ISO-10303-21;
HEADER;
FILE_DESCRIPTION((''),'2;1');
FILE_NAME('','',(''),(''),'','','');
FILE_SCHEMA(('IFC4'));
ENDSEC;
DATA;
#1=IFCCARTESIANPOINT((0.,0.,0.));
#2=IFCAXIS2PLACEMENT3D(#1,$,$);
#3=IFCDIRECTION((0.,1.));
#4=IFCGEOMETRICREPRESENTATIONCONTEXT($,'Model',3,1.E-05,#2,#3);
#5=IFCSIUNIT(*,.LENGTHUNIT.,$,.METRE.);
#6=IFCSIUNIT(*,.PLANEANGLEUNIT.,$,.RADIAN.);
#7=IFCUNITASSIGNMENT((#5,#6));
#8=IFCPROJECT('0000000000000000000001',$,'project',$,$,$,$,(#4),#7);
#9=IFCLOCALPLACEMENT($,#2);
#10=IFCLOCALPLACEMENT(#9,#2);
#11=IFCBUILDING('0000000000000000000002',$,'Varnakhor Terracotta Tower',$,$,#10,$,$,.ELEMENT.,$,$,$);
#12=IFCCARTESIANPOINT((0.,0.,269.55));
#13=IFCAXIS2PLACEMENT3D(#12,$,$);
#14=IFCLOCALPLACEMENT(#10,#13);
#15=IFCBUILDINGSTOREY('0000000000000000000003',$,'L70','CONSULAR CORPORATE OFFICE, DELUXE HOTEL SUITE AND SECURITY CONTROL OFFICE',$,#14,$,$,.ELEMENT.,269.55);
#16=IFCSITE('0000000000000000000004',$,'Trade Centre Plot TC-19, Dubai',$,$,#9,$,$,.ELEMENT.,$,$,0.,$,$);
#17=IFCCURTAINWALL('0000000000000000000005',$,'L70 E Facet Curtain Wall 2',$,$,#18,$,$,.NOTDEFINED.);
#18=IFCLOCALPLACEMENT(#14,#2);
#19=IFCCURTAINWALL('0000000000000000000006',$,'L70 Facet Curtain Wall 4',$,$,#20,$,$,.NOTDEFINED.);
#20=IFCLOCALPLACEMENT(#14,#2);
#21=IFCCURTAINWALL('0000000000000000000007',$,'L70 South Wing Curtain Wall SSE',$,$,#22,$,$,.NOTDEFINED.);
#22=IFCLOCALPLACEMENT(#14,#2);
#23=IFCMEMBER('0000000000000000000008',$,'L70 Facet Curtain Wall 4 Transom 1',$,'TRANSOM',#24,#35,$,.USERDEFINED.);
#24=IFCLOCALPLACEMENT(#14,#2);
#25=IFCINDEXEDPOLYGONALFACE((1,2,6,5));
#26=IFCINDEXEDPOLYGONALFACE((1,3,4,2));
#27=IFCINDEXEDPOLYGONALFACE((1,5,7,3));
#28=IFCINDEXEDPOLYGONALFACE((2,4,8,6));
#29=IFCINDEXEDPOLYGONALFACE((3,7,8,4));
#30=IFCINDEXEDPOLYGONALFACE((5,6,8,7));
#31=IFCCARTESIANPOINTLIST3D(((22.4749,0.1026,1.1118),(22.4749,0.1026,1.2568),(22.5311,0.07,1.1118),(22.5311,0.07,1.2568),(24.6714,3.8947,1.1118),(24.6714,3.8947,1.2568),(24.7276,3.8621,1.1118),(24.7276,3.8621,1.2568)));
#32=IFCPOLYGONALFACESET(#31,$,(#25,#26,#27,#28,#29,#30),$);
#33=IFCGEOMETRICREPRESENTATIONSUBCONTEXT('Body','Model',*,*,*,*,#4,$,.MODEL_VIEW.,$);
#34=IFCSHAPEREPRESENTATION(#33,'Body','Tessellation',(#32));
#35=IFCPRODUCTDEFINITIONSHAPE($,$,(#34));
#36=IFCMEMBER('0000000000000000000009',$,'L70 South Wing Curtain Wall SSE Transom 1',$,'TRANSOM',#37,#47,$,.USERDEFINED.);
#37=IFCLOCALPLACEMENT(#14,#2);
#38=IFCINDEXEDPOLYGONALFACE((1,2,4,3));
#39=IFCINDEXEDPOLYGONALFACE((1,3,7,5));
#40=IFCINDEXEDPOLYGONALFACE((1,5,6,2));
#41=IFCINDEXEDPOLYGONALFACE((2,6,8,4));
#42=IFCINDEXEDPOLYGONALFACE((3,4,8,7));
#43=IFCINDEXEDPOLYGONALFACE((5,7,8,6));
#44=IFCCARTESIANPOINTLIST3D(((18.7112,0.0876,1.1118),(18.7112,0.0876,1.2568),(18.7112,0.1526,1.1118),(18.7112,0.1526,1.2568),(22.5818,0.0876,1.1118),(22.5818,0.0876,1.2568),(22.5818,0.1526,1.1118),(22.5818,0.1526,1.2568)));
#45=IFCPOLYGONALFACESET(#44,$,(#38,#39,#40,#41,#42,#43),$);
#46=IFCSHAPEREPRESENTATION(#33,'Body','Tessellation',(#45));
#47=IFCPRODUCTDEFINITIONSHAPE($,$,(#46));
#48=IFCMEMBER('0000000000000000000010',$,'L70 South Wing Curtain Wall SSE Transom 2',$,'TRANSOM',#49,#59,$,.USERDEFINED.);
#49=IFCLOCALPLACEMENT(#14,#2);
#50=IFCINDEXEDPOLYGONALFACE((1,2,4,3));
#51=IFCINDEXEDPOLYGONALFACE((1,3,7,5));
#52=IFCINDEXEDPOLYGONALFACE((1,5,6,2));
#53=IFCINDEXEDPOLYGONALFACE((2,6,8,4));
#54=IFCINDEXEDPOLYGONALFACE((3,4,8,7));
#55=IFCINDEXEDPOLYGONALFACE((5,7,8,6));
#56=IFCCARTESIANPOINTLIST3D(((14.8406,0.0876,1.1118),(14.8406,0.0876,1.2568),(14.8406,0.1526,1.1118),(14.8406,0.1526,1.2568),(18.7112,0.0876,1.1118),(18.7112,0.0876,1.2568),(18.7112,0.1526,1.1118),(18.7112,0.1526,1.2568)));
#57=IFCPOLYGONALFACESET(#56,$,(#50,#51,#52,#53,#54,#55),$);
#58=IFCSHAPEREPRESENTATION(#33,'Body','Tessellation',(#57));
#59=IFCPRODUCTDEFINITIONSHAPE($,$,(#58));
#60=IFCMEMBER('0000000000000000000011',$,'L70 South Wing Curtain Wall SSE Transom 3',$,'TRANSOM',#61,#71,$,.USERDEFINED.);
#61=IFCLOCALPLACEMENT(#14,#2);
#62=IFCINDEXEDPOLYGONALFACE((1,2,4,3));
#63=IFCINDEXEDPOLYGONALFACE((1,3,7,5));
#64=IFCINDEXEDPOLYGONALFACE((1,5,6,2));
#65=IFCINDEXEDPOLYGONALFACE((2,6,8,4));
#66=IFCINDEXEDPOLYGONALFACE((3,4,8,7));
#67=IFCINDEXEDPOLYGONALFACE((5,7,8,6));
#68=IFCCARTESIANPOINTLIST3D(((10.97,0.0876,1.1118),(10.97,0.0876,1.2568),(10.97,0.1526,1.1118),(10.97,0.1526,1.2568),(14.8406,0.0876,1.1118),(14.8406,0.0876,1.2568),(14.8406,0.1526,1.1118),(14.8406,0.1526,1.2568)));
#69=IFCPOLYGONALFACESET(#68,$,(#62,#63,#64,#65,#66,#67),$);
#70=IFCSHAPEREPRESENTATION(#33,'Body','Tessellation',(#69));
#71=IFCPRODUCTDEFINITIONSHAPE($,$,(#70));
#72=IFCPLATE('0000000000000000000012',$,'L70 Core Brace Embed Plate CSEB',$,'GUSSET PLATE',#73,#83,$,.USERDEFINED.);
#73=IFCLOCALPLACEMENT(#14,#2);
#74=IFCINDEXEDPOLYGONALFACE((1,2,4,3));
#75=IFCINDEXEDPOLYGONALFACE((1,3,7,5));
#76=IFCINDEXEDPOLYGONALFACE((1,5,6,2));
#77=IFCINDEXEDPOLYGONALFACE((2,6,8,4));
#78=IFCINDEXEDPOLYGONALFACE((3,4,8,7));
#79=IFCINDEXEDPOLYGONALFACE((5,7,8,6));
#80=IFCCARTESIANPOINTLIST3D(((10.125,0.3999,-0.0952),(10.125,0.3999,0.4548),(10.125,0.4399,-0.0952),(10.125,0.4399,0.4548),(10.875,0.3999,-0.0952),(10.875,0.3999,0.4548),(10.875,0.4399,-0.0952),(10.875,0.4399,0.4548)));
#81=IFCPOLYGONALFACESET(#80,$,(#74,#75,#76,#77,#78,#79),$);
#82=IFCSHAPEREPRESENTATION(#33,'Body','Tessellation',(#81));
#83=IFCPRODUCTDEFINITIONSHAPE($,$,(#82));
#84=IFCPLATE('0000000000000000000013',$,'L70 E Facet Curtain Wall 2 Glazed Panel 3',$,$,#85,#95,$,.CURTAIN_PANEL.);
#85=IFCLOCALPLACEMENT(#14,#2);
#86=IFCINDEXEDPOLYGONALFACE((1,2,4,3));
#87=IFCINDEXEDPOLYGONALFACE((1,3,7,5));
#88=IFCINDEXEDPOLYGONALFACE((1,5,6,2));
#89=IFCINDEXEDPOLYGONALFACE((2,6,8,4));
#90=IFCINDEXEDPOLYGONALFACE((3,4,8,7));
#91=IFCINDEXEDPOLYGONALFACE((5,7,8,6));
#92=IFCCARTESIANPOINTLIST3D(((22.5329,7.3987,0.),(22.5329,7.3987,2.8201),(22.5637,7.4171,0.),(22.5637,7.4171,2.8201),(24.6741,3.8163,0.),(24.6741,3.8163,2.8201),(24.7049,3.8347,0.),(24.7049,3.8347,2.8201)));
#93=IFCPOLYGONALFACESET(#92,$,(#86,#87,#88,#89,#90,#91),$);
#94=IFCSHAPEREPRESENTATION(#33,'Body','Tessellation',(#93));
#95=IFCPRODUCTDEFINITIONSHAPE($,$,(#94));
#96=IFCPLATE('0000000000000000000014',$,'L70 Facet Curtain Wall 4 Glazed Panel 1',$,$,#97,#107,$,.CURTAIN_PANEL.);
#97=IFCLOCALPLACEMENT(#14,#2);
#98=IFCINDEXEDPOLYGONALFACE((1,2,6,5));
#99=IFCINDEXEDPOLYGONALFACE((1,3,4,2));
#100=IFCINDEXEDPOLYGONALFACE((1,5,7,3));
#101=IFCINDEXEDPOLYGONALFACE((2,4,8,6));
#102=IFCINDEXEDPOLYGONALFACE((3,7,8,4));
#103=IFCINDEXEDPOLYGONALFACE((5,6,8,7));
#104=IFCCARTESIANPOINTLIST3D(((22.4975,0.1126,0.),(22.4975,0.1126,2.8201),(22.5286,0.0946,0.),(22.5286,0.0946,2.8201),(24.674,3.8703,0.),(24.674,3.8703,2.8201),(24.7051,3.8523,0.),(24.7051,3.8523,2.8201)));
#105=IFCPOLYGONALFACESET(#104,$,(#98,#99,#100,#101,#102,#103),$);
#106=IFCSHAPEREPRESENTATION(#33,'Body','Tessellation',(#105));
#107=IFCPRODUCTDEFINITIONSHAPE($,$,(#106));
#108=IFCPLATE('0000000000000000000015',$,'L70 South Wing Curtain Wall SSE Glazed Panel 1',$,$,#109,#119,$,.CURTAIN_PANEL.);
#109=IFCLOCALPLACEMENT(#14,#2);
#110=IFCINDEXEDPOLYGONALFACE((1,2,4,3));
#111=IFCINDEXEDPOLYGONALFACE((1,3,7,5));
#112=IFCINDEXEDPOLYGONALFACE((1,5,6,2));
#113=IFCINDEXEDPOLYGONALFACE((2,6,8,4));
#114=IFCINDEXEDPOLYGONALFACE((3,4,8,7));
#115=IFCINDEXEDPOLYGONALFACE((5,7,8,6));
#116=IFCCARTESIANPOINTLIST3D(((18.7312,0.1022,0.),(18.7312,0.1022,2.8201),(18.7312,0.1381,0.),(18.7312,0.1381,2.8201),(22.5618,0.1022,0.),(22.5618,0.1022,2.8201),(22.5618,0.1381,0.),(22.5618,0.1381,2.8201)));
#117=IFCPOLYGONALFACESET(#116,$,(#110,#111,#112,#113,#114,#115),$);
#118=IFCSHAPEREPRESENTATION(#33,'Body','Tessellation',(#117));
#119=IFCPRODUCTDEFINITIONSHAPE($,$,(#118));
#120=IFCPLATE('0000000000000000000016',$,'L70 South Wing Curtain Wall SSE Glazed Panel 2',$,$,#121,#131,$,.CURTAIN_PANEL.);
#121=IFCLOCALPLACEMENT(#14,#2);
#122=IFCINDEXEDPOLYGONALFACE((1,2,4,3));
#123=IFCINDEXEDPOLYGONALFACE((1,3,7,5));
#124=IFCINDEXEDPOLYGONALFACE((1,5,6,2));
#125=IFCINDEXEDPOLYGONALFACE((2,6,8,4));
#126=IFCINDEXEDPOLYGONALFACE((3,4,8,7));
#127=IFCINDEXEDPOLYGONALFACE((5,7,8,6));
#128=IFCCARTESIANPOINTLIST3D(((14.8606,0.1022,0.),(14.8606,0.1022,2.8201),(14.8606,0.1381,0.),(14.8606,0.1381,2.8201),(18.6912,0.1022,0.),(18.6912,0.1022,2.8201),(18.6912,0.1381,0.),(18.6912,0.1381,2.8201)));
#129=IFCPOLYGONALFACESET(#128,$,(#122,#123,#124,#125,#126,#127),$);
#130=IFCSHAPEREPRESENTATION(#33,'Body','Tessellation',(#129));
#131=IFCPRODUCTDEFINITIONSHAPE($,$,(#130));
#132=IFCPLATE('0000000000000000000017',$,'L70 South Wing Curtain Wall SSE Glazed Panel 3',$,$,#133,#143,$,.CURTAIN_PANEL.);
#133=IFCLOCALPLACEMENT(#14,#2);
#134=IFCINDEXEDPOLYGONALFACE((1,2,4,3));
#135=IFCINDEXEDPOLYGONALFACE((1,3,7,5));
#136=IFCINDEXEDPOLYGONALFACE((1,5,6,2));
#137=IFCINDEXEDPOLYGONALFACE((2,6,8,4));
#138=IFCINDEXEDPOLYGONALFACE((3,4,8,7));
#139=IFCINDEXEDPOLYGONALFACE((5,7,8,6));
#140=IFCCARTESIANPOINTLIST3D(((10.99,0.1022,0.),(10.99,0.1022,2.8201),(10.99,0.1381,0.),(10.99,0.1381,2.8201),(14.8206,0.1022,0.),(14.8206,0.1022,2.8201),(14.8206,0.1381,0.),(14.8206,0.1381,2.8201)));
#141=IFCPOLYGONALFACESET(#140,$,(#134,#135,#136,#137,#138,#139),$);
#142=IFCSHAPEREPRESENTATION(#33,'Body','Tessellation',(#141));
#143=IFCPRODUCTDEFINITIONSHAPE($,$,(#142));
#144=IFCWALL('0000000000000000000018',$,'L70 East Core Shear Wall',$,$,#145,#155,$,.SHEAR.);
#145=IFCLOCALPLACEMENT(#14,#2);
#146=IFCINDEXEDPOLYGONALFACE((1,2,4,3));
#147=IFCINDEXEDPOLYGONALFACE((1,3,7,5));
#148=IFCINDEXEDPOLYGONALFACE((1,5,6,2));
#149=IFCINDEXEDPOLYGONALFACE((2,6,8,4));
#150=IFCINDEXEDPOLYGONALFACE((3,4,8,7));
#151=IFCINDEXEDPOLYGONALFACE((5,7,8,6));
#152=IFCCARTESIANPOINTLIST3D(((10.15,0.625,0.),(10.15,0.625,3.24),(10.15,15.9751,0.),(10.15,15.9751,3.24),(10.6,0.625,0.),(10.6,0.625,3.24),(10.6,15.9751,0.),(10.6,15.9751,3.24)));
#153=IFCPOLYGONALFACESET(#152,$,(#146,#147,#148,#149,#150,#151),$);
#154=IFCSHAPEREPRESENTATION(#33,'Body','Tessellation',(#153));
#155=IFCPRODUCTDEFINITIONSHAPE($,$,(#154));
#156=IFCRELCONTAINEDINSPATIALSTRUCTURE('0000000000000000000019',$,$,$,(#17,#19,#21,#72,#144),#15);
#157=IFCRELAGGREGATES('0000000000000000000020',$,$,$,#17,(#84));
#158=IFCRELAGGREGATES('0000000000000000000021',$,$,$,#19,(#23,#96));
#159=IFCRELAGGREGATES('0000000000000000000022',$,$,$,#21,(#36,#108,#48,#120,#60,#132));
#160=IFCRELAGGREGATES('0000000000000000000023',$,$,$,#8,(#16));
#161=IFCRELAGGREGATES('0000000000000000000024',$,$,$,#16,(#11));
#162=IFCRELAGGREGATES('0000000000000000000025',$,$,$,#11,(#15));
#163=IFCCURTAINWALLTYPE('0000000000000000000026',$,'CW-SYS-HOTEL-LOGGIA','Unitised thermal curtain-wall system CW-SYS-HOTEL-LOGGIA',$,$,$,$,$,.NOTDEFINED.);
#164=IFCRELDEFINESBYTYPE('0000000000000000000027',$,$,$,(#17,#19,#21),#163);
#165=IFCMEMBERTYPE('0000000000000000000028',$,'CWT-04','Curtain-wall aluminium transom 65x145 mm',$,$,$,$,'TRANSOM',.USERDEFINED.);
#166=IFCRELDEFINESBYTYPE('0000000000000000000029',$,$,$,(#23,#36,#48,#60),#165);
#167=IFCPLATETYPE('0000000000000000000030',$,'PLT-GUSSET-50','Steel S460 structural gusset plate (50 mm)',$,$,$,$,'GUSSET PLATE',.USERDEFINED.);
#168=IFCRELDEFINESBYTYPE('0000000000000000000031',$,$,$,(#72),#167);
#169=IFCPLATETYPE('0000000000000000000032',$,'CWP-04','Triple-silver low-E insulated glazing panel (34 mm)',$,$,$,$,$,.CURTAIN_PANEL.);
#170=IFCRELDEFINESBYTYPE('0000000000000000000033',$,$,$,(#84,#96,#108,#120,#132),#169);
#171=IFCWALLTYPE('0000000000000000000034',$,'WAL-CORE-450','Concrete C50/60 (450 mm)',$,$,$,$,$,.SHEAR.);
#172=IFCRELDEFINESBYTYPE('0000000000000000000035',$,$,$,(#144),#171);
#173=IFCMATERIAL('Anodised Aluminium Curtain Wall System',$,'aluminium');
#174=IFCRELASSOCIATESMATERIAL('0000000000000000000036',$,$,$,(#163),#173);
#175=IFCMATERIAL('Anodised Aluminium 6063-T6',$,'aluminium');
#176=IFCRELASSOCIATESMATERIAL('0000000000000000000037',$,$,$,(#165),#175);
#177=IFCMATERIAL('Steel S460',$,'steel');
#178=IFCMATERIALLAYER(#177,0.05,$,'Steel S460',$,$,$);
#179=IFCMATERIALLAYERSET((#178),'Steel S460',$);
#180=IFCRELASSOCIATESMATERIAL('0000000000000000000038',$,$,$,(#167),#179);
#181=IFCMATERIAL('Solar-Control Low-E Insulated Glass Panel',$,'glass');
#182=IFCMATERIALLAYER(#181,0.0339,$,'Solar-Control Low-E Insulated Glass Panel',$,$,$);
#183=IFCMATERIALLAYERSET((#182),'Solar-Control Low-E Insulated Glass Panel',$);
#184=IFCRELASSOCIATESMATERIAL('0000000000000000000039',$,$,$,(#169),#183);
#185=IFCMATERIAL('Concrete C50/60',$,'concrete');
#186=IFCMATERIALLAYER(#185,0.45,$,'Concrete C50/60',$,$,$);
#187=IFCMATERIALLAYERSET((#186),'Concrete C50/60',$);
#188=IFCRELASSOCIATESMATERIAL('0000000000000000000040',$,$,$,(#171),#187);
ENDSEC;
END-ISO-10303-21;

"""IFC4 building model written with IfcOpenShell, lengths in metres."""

from ifc_helpers import new_model, si_unit, direction, frame, frame_2d, origin, origin_2d, place, context, subcontext, project, spatial, rectangle, extrude, source, transform, mapped, material, layer, layer_set, material_profile, profile_set, type_object, type_shapes, element, aggregate, save


model = new_model("IFC4")

# Units and contexts
model_context = context("Model", 3, precision=1e-05, world=origin(), true_north=direction((0.0, 1.0)))
body_context = subcontext(model_context, "Body", "Model", "MODEL_VIEW")
ifc_project = project(units=[si_unit("LENGTHUNIT", "METRE"), si_unit("PLANEANGLEUNIT", "RADIAN")], contexts=[model_context])

# Site, building, storey
site_placement = place(None, origin())
site = spatial("IfcSite", under=ifc_project, at=site_placement, Name="Trade Centre Plot TC-19, Dubai", CompositionType="ELEMENT", RefElevation=0.0)
building_placement = place(site_placement, origin())
building = spatial("IfcBuilding", under=site, at=building_placement, Name="Varnakhor Terracotta Tower", CompositionType="ELEMENT")
storey_placement = place(building_placement, frame((0.0, 0.0, 269.55)))
storey = spatial("IfcBuildingStorey", under=building, at=storey_placement, Name="L70", Description="CONSULAR CORPORATE OFFICE, DELUXE HOTEL SUITE AND SECURITY CONTROL OFFICE", CompositionType="ELEMENT", Elevation=269.55)

# Shared definitions
ifc_material_1 = material(Name="Concrete C50/60", Category="concrete")

# Curtain walls
ifc_material_2 = material(Name="Anodised Aluminium Curtain Wall System", Category="aluminium")
curtain_wall_type = type_object("IfcCurtainWallType", Name="CW-SYS-HOTEL-LOGGIA", Description="Unitised thermal curtain-wall system CW-SYS-HOTEL-LOGGIA", PredefinedType="NOTDEFINED", material=ifc_material_2)
curtain_wall_1_placement = place(storey_placement, origin())
curtain_wall_1 = element("IfcCurtainWall", 1, at=curtain_wall_1_placement, inside=storey, type_object=curtain_wall_type, Name="L70 E Facet Curtain Wall 2", PredefinedType="NOTDEFINED")
ifc_material_3 = material(Name="Anodised Aluminium 6063-T6", Category="aluminium")
curtain_wall_2_placement = place(storey_placement, origin())
curtain_wall_2 = element("IfcCurtainWall", 2, at=curtain_wall_2_placement, inside=storey, type_object=curtain_wall_type, Name="L70 Facet Curtain Wall 4", PredefinedType="NOTDEFINED")

# Curtain wall
curtain_wall_3_placement = place(storey_placement, origin())
curtain_wall_3 = element("IfcCurtainWall", 3, at=curtain_wall_3_placement, inside=storey, type_object=curtain_wall_type, Name="L70 South Wing Curtain Wall SSE", PredefinedType="NOTDEFINED")

# Members
ifc_material_profile_1 = material_profile(ifc_material_3, rectangle(XDim=0.0649, YDim=0.145, at=origin_2d()), Name="ALU TRANSOM 65x145")
ifc_profile_set_1 = profile_set([ifc_material_profile_1], Name="Anodised Aluminium 6063-T6")
member_type_1 = type_object("IfcMemberType", Name="CWT-04", Description="Curtain-wall aluminium transom 65x145 mm", ElementType="TRANSOM", PredefinedType="USERDEFINED", material=ifc_profile_set_1)
shared_shape_1 = source(origin(), body_context, "Body", "SweptSolid", [
    extrude(rectangle(XDim=0.0649, YDim=0.145, at=origin_2d()), origin(), (0.0, 0.0, 1.0), 4.3823),
])
member_1_placement = place(storey_placement, frame((24.6995, 3.8784, 1.1843), z_axis=(-0.501212, -0.865325, 0.0), x_axis=(0.865325, -0.501212, 0.0)))
member_1 = element("IfcMember", 4, at=member_1_placement, type_object=member_type_1, Name="L70 Facet Curtain Wall 4 Transom 1", ObjectType="TRANSOM", PredefinedType="USERDEFINED", context=body_context, shape_type="MappedRepresentation", body=[
    mapped(shared_shape_1, transform((0.0, 0.0, 0.0), scale=1.0)),
])
shared_shape_2 = source(origin(), body_context, "Body", "SweptSolid", [
    extrude(rectangle(XDim=0.0649, YDim=0.145, at=origin_2d()), origin(), (0.0, 0.0, 1.0), 3.8706),
])
member_2_placement = place(storey_placement, frame((22.5818, 0.1201, 1.1843), z_axis=(-1.0, 0.0, 0.0), x_axis=(0.0, -1.0, 0.0)))
member_2 = element("IfcMember", 5, at=member_2_placement, type_object=member_type_1, Name="L70 South Wing Curtain Wall SSE Transom 1", ObjectType="TRANSOM", PredefinedType="USERDEFINED", context=body_context, shape_type="MappedRepresentation", body=[
    mapped(shared_shape_2, transform((0.0, 0.0, 0.0), scale=1.0)),
])
member_3_placement = place(storey_placement, frame((18.7112, 0.1201, 1.1843), z_axis=(-1.0, 0.0, 0.0), x_axis=(0.0, -1.0, 0.0)))
member_3 = element("IfcMember", 6, at=member_3_placement, type_object=member_type_1, Name="L70 South Wing Curtain Wall SSE Transom 2", ObjectType="TRANSOM", PredefinedType="USERDEFINED", context=body_context, shape_type="MappedRepresentation", body=[
    mapped(shared_shape_2, transform((0.0, 0.0, 0.0), scale=1.0)),
])
member_4_placement = place(storey_placement, frame((14.8406, 0.1201, 1.1843), z_axis=(-1.0, 0.0, 0.0), x_axis=(0.0, -1.0, 0.0)))
member_4 = element("IfcMember", 7, at=member_4_placement, type_object=member_type_1, Name="L70 South Wing Curtain Wall SSE Transom 3", ObjectType="TRANSOM", PredefinedType="USERDEFINED", context=body_context, shape_type="MappedRepresentation", body=[
    mapped(shared_shape_2, transform((0.0, 0.0, 0.0), scale=1.0)),
])

# Plates
ifc_material_4 = material(Name="Steel S460", Category="steel")
ifc_layer_1 = layer(ifc_material_4, 0.05, Name="Steel S460")
ifc_layer_set_1 = layer_set([ifc_layer_1], Name="Steel S460")
plate_type_1 = type_object("IfcPlateType", Name="PLT-GUSSET-50", Description="Steel S460 structural gusset plate (50 mm)", ElementType="GUSSET PLATE", PredefinedType="USERDEFINED", material=ifc_layer_set_1)
shared_shape_3 = source(origin(), body_context, "Body", "SweptSolid", [
    extrude(rectangle(XDim=0.75, YDim=0.04, at=origin_2d()), origin(), (0.0, 0.0, 1.0), 0.55),
])
type_shapes(plate_type_1, [shared_shape_3])
plate_1_placement = place(storey_placement, frame((10.5, 0.4199, -0.0952), z_axis=(0.0, 0.0, 1.0), x_axis=(1.0, 0.0, 0.0)))
element("IfcPlate", 8, at=plate_1_placement, inside=storey, type_object=plate_type_1, Name="L70 Core Brace Embed Plate CSEB", ObjectType="GUSSET PLATE", PredefinedType="USERDEFINED", context=body_context, shape_type="MappedRepresentation", body=[
    mapped(shared_shape_3, transform((0.0, 0.0, 0.0), scale=1.0)),
])
ifc_material_5 = material(Name="Solar-Control Low-E Insulated Glass Panel", Category="glass")
ifc_layer_2 = layer(ifc_material_5, 0.0339, Name="Solar-Control Low-E Insulated Glass Panel")
ifc_layer_set_2 = layer_set([ifc_layer_2], Name="Solar-Control Low-E Insulated Glass Panel")
plate_type_2 = type_object("IfcPlateType", Name="CWP-04", Description="Triple-silver low-E insulated glazing panel (34 mm)", PredefinedType="CURTAIN_PANEL", material=ifc_layer_set_2)
shared_shape_4 = source(origin(), body_context, "Body", "SweptSolid", [
    extrude(rectangle(XDim=4.1736, YDim=0.0359, at=origin_2d()), origin(), (0.0, 0.0, 1.0), 2.8201),
])
plate_2_placement = place(storey_placement, frame((23.6189, 5.6167, 0.0), z_axis=(0.0, 0.0, 1.0), x_axis=(0.513032, -0.858369, 0.0)))
plate_2 = element("IfcPlate", 9, at=plate_2_placement, type_object=plate_type_2, Name="L70 E Facet Curtain Wall 2 Glazed Panel 3", PredefinedType="CURTAIN_PANEL", context=body_context, shape_type="MappedRepresentation", body=[
    mapped(shared_shape_4, transform((0.0, 0.0, 0.0), scale=1.0)),
])
aggregate(curtain_wall_1, [plate_2])
shared_shape_5 = source(origin(), body_context, "Body", "SweptSolid", [
    extrude(rectangle(XDim=4.3425, YDim=0.0359, at=origin_2d()), origin(), (0.0, 0.0, 1.0), 2.8201),
])
plate_3_placement = place(storey_placement, frame((23.6013, 1.9824, 0.0), z_axis=(0.0, 0.0, 1.0), x_axis=(-0.501209, -0.865326, 0.0)))
plate_3 = element("IfcPlate", 10, at=plate_3_placement, type_object=plate_type_2, Name="L70 Facet Curtain Wall 4 Glazed Panel 1", PredefinedType="CURTAIN_PANEL", context=body_context, shape_type="MappedRepresentation", body=[
    mapped(shared_shape_5, transform((0.0, 0.0, 0.0), scale=1.0)),
])
aggregate(curtain_wall_2, [member_1, plate_3])
shared_shape_6 = source(origin(), body_context, "Body", "SweptSolid", [
    extrude(rectangle(XDim=3.8306, YDim=0.0359, at=origin_2d()), origin(), (0.0, 0.0, 1.0), 2.8201),
])
plate_4_placement = place(storey_placement, frame((20.6465, 0.1201, 0.0), z_axis=(0.0, 0.0, 1.0), x_axis=(-1.0, 0.0, 0.0)))
plate_4 = element("IfcPlate", 11, at=plate_4_placement, type_object=plate_type_2, Name="L70 South Wing Curtain Wall SSE Glazed Panel 1", PredefinedType="CURTAIN_PANEL", context=body_context, shape_type="MappedRepresentation", body=[
    mapped(shared_shape_6, transform((0.0, 0.0, 0.0), scale=1.0)),
])
plate_5_placement = place(storey_placement, frame((16.7759, 0.1201, 0.0), z_axis=(0.0, 0.0, 1.0), x_axis=(-1.0, 0.0, 0.0)))
plate_5 = element("IfcPlate", 12, at=plate_5_placement, type_object=plate_type_2, Name="L70 South Wing Curtain Wall SSE Glazed Panel 2", PredefinedType="CURTAIN_PANEL", context=body_context, shape_type="MappedRepresentation", body=[
    mapped(shared_shape_6, transform((0.0, 0.0, 0.0), scale=1.0)),
])
plate_6_placement = place(storey_placement, frame((12.9053, 0.1201, 0.0), z_axis=(0.0, 0.0, 1.0), x_axis=(-1.0, 0.0, 0.0)))
plate_6 = element("IfcPlate", 13, at=plate_6_placement, type_object=plate_type_2, Name="L70 South Wing Curtain Wall SSE Glazed Panel 3", PredefinedType="CURTAIN_PANEL", context=body_context, shape_type="MappedRepresentation", body=[
    mapped(shared_shape_6, transform((0.0, 0.0, 0.0), scale=1.0)),
])
aggregate(curtain_wall_3, [member_2, plate_4, member_3, plate_5, member_4, plate_6])

# Wall
ifc_layer_3 = layer(ifc_material_1, 0.45, Name="Concrete C50/60")
ifc_layer_set_3 = layer_set([ifc_layer_3], Name="Concrete C50/60")
wall_type = type_object("IfcWallType", Name="WAL-CORE-450", Description="Concrete C50/60 (450 mm)", PredefinedType="SHEAR", material=ifc_layer_set_3)
wall_placement = place(storey_placement, frame((10.375, 0.625, 0.0), z_axis=(0.0, 0.0, 1.0), x_axis=(0.0, 1.0, 0.0)))
element("IfcWall", 14, at=wall_placement, inside=storey, type_object=wall_type, Name="L70 East Core Shear Wall", PredefinedType="SHEAR", context=body_context, shape_type="SweptSolid", body=[
    extrude(rectangle(XDim=15.3501, YDim=0.45, at=frame_2d((7.675, 0.0))), origin(), (0.0, 0.0, 1.0), 3.24),
])

save(model, "model.ifc")
